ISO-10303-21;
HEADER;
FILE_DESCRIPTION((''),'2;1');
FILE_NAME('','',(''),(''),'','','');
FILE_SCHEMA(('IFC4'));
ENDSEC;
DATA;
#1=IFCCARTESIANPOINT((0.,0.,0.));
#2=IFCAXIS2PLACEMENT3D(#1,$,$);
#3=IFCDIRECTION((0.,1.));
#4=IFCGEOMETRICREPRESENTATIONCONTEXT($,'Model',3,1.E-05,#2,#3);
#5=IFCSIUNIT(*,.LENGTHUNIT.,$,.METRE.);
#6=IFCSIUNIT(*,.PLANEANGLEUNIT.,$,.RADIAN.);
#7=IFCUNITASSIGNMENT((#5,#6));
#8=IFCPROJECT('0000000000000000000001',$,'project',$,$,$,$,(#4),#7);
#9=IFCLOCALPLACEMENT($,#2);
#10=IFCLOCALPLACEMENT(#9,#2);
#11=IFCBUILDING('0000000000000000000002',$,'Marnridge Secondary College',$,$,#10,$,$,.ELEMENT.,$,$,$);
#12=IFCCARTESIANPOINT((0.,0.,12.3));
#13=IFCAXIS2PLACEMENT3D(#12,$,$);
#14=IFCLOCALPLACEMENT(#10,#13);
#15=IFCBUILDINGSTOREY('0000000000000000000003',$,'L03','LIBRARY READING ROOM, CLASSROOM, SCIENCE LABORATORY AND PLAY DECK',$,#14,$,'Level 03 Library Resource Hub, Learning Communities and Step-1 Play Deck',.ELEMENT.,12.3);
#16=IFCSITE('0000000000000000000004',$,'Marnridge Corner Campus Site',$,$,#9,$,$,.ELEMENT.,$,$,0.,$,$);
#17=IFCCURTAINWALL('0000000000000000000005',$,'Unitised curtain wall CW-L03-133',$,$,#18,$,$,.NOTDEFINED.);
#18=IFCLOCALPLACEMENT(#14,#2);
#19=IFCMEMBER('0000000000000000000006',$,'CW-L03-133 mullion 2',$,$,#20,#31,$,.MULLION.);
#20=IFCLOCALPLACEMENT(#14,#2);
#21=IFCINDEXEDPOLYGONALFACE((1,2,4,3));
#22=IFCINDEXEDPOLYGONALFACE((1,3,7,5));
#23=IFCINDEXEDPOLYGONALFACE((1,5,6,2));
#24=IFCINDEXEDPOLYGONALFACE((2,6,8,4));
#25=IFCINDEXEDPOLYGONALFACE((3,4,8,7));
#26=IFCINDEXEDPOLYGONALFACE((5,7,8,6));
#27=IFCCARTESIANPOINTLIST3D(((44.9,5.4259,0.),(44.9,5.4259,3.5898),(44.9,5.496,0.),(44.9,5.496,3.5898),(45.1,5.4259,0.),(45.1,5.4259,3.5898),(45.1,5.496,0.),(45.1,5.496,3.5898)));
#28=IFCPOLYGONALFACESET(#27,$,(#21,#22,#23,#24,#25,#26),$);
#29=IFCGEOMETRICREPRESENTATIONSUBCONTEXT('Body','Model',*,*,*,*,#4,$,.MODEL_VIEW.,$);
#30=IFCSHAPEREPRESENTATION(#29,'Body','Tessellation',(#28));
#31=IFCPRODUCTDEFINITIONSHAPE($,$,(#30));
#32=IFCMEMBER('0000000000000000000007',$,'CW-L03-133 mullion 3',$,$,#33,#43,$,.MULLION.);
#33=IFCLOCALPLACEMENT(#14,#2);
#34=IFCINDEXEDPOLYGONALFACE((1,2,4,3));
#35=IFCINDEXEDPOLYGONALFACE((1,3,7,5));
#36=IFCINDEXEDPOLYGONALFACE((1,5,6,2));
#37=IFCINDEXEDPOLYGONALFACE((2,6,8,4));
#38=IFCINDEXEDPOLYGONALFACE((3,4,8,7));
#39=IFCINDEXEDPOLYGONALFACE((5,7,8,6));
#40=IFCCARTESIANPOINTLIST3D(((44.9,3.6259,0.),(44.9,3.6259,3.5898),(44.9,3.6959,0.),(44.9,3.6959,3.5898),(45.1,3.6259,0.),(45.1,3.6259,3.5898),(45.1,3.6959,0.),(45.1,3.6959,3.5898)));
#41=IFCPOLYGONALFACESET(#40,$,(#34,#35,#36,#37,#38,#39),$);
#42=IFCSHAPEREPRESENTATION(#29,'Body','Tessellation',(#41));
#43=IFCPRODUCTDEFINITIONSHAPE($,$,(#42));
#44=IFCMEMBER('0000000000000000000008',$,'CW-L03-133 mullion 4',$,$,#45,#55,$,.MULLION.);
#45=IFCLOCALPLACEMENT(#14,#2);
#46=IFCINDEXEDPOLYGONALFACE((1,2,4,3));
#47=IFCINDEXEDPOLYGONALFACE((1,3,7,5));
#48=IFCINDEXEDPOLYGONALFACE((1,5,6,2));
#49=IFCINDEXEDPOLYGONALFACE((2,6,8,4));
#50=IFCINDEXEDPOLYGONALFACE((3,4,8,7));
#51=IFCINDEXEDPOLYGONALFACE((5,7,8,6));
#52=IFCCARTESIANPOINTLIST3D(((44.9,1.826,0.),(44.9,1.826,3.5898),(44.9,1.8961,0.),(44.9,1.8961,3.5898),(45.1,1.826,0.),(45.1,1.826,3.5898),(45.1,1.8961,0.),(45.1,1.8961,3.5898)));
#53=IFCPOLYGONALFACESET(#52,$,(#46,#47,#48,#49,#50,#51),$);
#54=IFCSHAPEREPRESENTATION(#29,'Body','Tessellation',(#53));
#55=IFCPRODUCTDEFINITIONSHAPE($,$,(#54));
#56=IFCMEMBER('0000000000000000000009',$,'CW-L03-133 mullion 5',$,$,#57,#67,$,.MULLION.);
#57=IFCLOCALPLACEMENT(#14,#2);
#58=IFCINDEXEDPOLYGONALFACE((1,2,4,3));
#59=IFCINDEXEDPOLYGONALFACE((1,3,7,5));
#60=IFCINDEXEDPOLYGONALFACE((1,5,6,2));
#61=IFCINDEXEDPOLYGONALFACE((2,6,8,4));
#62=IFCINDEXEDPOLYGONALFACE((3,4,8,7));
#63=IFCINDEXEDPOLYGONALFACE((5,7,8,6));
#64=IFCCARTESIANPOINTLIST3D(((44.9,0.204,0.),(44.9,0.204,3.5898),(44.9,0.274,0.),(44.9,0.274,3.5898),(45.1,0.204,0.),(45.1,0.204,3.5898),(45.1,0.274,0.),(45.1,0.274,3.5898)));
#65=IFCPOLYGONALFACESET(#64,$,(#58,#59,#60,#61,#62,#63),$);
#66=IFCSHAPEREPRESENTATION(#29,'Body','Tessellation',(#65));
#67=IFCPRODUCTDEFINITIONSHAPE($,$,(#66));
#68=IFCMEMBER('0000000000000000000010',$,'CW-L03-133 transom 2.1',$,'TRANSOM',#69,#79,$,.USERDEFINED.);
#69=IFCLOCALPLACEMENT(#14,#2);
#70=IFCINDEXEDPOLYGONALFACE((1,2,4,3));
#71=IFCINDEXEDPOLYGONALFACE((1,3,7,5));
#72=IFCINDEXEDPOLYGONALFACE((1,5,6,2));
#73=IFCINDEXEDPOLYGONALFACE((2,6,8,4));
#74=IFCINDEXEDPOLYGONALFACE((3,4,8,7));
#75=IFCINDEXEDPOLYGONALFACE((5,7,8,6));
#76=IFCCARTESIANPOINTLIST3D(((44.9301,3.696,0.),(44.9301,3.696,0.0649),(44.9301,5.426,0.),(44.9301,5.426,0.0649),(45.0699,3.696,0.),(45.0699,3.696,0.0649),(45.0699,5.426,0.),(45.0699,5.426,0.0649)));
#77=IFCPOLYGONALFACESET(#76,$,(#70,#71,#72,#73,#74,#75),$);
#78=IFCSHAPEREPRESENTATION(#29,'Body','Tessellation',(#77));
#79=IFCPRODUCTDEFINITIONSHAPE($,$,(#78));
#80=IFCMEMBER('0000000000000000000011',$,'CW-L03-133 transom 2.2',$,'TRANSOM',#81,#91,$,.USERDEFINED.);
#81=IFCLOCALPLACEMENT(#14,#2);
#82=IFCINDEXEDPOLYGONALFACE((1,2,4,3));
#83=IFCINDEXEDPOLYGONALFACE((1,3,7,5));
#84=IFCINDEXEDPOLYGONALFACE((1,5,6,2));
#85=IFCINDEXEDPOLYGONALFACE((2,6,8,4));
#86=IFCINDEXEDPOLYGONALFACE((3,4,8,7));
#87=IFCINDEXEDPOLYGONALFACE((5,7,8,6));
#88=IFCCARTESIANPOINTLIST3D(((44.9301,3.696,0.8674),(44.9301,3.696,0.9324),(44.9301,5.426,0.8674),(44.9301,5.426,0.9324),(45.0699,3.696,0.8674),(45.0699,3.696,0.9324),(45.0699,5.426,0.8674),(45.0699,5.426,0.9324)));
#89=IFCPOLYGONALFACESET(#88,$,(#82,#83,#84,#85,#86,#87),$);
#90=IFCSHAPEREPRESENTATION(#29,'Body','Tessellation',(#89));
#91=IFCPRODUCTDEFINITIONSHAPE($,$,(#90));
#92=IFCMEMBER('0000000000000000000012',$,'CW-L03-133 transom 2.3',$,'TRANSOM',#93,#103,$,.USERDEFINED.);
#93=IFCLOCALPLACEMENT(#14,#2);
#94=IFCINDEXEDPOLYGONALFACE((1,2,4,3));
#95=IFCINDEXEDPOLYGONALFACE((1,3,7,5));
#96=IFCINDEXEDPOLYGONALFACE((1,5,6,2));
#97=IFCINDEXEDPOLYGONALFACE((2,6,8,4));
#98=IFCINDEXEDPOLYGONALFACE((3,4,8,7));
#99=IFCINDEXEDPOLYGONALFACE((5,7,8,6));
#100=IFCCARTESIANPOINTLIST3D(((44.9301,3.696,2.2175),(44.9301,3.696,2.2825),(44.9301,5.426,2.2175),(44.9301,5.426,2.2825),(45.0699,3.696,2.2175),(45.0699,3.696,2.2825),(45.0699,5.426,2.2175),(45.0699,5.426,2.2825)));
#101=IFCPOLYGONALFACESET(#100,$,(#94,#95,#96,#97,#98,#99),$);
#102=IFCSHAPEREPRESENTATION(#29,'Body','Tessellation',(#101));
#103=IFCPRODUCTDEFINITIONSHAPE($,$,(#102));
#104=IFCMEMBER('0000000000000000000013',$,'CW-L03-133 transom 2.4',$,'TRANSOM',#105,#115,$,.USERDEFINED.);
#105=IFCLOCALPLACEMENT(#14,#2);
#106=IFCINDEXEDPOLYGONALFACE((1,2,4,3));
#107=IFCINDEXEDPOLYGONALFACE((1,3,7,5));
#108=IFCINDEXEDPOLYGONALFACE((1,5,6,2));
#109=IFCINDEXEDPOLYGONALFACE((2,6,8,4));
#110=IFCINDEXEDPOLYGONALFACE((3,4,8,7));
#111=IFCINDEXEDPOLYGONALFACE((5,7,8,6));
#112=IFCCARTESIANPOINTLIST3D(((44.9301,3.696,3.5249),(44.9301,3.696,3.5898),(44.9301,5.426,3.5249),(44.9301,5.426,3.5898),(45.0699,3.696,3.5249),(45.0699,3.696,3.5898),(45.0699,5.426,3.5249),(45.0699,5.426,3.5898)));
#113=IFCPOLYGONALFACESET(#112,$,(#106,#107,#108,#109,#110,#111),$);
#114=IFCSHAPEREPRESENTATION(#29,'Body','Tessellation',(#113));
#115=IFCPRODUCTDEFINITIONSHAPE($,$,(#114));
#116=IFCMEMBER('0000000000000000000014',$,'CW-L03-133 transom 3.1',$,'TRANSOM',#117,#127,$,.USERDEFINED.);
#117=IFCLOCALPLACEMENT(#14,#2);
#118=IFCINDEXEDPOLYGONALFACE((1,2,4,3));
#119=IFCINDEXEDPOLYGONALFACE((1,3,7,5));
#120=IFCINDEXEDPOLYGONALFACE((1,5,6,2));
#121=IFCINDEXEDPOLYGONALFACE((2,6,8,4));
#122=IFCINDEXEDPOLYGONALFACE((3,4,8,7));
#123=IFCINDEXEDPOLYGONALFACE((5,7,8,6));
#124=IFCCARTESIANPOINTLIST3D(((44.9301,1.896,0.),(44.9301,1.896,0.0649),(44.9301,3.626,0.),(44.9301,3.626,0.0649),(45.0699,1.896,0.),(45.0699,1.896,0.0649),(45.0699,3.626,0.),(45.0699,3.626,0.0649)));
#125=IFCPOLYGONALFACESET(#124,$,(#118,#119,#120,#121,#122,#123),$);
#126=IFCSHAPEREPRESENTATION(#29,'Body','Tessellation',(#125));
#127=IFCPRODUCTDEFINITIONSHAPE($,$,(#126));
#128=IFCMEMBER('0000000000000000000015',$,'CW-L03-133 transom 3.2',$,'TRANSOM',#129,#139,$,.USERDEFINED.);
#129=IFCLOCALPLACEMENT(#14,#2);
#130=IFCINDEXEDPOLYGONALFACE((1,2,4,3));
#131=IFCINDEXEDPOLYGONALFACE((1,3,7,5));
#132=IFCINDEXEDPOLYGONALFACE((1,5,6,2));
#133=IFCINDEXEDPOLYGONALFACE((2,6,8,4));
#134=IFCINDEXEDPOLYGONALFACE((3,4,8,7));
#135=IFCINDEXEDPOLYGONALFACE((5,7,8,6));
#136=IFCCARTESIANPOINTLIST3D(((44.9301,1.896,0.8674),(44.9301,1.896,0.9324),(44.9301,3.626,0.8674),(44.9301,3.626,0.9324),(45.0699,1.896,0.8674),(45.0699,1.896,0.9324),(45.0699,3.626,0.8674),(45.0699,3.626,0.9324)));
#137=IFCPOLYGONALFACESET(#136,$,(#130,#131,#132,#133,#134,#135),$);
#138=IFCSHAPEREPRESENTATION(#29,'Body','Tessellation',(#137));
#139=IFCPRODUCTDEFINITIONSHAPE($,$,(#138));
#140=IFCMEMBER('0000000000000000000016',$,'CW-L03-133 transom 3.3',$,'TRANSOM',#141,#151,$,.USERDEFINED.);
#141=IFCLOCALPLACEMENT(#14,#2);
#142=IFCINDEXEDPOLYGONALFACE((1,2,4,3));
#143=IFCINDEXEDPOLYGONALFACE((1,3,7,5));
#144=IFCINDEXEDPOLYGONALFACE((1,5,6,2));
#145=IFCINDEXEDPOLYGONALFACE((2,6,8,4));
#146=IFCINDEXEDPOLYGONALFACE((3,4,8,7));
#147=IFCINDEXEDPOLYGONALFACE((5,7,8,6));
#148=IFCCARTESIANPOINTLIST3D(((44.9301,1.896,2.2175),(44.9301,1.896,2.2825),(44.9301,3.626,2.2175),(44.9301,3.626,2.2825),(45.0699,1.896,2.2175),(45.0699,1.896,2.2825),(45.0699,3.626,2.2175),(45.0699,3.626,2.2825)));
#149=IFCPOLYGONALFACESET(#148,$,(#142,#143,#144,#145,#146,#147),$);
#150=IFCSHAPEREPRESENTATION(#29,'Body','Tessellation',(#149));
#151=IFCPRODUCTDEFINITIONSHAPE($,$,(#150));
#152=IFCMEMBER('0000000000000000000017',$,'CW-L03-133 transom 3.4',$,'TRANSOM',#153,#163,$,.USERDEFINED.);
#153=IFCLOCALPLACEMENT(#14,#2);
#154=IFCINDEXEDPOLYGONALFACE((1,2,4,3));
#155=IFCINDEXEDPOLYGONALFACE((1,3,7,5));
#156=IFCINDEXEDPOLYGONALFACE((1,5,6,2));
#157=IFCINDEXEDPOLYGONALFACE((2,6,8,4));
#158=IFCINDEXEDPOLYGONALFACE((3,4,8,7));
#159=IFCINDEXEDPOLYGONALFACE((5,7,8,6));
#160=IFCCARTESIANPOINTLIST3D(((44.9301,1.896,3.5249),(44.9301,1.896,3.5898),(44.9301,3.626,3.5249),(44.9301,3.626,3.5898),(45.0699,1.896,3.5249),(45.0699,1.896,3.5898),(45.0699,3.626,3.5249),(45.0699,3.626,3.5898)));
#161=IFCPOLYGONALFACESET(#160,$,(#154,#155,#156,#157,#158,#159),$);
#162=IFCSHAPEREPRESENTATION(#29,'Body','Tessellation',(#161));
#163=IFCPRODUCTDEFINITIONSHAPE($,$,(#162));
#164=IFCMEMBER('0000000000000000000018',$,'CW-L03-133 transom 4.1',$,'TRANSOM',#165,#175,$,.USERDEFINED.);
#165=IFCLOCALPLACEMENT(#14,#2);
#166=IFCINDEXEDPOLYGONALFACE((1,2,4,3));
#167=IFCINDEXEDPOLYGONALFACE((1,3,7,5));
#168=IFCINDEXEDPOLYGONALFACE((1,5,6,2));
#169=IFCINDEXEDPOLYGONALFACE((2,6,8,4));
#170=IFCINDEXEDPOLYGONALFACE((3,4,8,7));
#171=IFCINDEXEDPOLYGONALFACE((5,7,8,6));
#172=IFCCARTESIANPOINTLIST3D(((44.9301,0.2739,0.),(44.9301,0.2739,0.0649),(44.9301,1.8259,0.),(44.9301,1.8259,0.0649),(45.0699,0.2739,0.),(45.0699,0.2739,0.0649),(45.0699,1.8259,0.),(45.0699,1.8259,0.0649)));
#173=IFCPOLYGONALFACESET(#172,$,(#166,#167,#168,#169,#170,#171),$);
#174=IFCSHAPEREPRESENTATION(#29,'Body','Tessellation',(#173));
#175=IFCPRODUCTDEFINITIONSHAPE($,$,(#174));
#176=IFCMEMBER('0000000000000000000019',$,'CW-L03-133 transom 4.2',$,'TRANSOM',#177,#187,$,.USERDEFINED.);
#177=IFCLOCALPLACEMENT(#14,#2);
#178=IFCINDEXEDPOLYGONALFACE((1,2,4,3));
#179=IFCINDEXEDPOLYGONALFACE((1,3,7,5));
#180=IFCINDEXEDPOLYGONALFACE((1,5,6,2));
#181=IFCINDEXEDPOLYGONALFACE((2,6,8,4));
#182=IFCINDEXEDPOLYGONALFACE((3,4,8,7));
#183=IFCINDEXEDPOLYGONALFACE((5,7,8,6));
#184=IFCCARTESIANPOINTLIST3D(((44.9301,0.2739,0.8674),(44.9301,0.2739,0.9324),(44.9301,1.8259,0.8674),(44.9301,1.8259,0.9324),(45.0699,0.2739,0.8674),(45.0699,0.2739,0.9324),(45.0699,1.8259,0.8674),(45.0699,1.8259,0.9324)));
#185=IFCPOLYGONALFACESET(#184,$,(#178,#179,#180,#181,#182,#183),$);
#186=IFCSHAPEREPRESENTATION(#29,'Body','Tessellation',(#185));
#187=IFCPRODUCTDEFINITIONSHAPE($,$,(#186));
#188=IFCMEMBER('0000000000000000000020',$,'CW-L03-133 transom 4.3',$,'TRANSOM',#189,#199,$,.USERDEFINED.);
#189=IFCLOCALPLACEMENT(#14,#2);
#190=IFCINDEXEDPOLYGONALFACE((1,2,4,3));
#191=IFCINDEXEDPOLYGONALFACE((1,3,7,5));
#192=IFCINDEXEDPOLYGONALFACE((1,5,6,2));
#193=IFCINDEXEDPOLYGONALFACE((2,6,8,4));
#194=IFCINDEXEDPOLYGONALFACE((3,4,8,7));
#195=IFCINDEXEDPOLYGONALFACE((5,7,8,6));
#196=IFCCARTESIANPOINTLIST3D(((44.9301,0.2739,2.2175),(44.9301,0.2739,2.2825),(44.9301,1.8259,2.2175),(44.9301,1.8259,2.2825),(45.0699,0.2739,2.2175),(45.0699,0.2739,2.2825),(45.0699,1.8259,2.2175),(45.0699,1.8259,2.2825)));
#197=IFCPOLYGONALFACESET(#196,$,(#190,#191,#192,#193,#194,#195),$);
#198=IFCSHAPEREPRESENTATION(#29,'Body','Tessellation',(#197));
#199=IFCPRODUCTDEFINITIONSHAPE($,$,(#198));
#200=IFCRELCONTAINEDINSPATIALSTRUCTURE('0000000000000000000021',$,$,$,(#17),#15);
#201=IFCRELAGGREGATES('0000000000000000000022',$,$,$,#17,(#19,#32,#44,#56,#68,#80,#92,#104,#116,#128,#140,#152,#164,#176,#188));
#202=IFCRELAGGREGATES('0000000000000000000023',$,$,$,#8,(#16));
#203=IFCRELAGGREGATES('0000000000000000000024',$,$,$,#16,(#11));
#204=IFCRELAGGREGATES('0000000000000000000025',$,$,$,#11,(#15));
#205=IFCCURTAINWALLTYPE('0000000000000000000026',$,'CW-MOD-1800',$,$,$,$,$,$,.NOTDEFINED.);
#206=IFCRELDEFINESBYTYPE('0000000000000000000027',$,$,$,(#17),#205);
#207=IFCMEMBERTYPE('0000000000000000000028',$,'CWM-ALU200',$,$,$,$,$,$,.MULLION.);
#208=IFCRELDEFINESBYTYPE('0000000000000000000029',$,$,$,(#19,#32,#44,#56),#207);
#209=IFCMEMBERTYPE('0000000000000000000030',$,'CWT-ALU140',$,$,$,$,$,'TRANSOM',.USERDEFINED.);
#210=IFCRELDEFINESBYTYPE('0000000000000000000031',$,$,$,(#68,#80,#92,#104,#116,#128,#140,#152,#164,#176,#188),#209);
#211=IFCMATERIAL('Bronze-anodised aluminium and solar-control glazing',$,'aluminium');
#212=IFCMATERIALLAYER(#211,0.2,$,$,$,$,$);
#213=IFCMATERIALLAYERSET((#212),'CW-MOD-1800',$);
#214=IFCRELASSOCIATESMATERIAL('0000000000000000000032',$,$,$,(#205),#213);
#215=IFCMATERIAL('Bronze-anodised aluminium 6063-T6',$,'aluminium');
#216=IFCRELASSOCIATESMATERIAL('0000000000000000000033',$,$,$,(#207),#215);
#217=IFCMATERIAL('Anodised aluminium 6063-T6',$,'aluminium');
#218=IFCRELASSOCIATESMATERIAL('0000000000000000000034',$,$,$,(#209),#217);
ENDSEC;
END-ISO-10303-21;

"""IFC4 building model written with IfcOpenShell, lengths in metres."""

from ifc_helpers import new_model, si_unit, direction, frame, origin, origin_2d, place, context, subcontext, project, spatial, rectangle, extrude, material, layer, layer_set, material_profile, profile_set, type_object, element, aggregate, save


model = new_model("IFC4")

# Units and contexts
model_context = context("Model", 3, precision=1e-05, world=origin(), true_north=direction((0.0, 1.0)))
body_context = subcontext(model_context, "Body", "Model", "MODEL_VIEW")
ifc_project = project(units=[si_unit("LENGTHUNIT", "METRE"), si_unit("PLANEANGLEUNIT", "RADIAN")], contexts=[model_context])

# Site, building, storey
site_placement = place(None, origin())
site = spatial("IfcSite", under=ifc_project, at=site_placement, Name="Marnridge Corner Campus Site", CompositionType="ELEMENT", RefElevation=0.0)
building_placement = place(site_placement, origin())
building = spatial("IfcBuilding", under=site, at=building_placement, Name="Marnridge Secondary College", CompositionType="ELEMENT")
storey_placement = place(building_placement, frame((0.0, 0.0, 12.3)))
storey = spatial("IfcBuildingStorey", under=building, at=storey_placement, Name="L03", Description="LIBRARY READING ROOM, CLASSROOM, SCIENCE LABORATORY AND PLAY DECK", LongName="Level 03 Library Resource Hub, Learning Communities and Step-1 Play Deck", CompositionType="ELEMENT", Elevation=12.3)

# Curtain wall, members
ifc_material_1 = material(Name="Bronze-anodised aluminium and solar-control glazing", Category="aluminium")
ifc_layer_1 = layer(ifc_material_1, 0.2)
ifc_layer_set_1 = layer_set([ifc_layer_1], Name="CW-MOD-1800")
curtain_wall_type = type_object("IfcCurtainWallType", Name="CW-MOD-1800", PredefinedType="NOTDEFINED", material=ifc_layer_set_1)
curtain_wall_placement = place(storey_placement, origin())
curtain_wall = element("IfcCurtainWall", 1, at=curtain_wall_placement, inside=storey, type_object=curtain_wall_type, Name="Unitised curtain wall CW-L03-133", PredefinedType="NOTDEFINED")
ifc_material_2 = material(Name="Bronze-anodised aluminium 6063-T6", Category="aluminium")
ifc_material_profile_1 = material_profile(ifc_material_2, rectangle(XDim=0.0701, YDim=0.2, at=origin_2d()), Name="ALU 70x200")
ifc_profile_set_1 = profile_set([ifc_material_profile_1], Name="Bronze-anodised aluminium 6063-T6")
member_type_1 = type_object("IfcMemberType", Name="CWM-ALU200", PredefinedType="MULLION", material=ifc_profile_set_1)
member_1_placement = place(storey_placement, frame((45.0, 5.4609, 0.0), z_axis=(0.0, 0.0, 1.0), x_axis=(0.0, -1.0, 0.0)))
member_1 = element("IfcMember", 2, at=member_1_placement, type_object=member_type_1, Name="CW-L03-133 mullion 2", PredefinedType="MULLION", context=body_context, shape_type="SweptSolid", body=[
    extrude(rectangle(XDim=0.0701, YDim=0.2, at=origin_2d()), origin(), (0.0, 0.0, 1.0), 3.5898),
])
member_2_placement = place(storey_placement, frame((45.0, 3.6609, 0.0), z_axis=(0.0, 0.0, 1.0), x_axis=(0.0, -1.0, 0.0)))
member_2 = element("IfcMember", 3, at=member_2_placement, type_object=member_type_1, Name="CW-L03-133 mullion 3", PredefinedType="MULLION", context=body_context, shape_type="SweptSolid", body=[
    extrude(rectangle(XDim=0.0701, YDim=0.2, at=origin_2d()), origin(), (0.0, 0.0, 1.0), 3.5898),
])
member_3_placement = place(storey_placement, frame((45.0, 1.8611, 0.0), z_axis=(0.0, 0.0, 1.0), x_axis=(0.0, -1.0, 0.0)))
member_3 = element("IfcMember", 4, at=member_3_placement, type_object=member_type_1, Name="CW-L03-133 mullion 4", PredefinedType="MULLION", context=body_context, shape_type="SweptSolid", body=[
    extrude(rectangle(XDim=0.0701, YDim=0.2, at=origin_2d()), origin(), (0.0, 0.0, 1.0), 3.5898),
])
member_4_placement = place(storey_placement, frame((45.0, 0.239, 0.0), z_axis=(0.0, 0.0, 1.0), x_axis=(0.0, -1.0, 0.0)))
member_4 = element("IfcMember", 5, at=member_4_placement, type_object=member_type_1, Name="CW-L03-133 mullion 5", PredefinedType="MULLION", context=body_context, shape_type="SweptSolid", body=[
    extrude(rectangle(XDim=0.0701, YDim=0.2, at=origin_2d()), origin(), (0.0, 0.0, 1.0), 3.5898),
])
ifc_material_3 = material(Name="Anodised aluminium 6063-T6", Category="aluminium")
ifc_material_profile_2 = material_profile(ifc_material_3, rectangle(XDim=0.0649, YDim=0.1399, at=origin_2d()), Name="ALU 65x140")
ifc_profile_set_2 = profile_set([ifc_material_profile_2], Name="Anodised aluminium 6063-T6")
member_type_2 = type_object("IfcMemberType", Name="CWT-ALU140", ElementType="TRANSOM", PredefinedType="USERDEFINED", material=ifc_profile_set_2)
member_5_placement = place(storey_placement, frame((45.0, 5.426, 0.0325), z_axis=(0.0, -1.0, 0.0), x_axis=(0.0, 0.0, 1.0)))
member_5 = element("IfcMember", 6, at=member_5_placement, type_object=member_type_2, Name="CW-L03-133 transom 2.1", ObjectType="TRANSOM", PredefinedType="USERDEFINED", context=body_context, shape_type="SweptSolid", body=[
    extrude(rectangle(XDim=0.0649, YDim=0.1399, at=origin_2d()), origin(), (0.0, 0.0, 1.0), 1.73),
])
member_6_placement = place(storey_placement, frame((45.0, 5.426, 0.8999), z_axis=(0.0, -1.0, 0.0), x_axis=(0.0, 0.0, 1.0)))
member_6 = element("IfcMember", 7, at=member_6_placement, type_object=member_type_2, Name="CW-L03-133 transom 2.2", ObjectType="TRANSOM", PredefinedType="USERDEFINED", context=body_context, shape_type="SweptSolid", body=[
    extrude(rectangle(XDim=0.0649, YDim=0.1399, at=origin_2d()), origin(), (0.0, 0.0, 1.0), 1.73),
])
member_7_placement = place(storey_placement, frame((45.0, 5.426, 2.25), z_axis=(0.0, -1.0, 0.0), x_axis=(0.0, 0.0, 1.0)))
member_7 = element("IfcMember", 8, at=member_7_placement, type_object=member_type_2, Name="CW-L03-133 transom 2.3", ObjectType="TRANSOM", PredefinedType="USERDEFINED", context=body_context, shape_type="SweptSolid", body=[
    extrude(rectangle(XDim=0.0649, YDim=0.1399, at=origin_2d()), origin(), (0.0, 0.0, 1.0), 1.73),
])
member_8_placement = place(storey_placement, frame((45.0, 5.426, 3.5574), z_axis=(0.0, -1.0, 0.0), x_axis=(0.0, 0.0, 1.0)))
member_8 = element("IfcMember", 9, at=member_8_placement, type_object=member_type_2, Name="CW-L03-133 transom 2.4", ObjectType="TRANSOM", PredefinedType="USERDEFINED", context=body_context, shape_type="SweptSolid", body=[
    extrude(rectangle(XDim=0.0649, YDim=0.1399, at=origin_2d()), origin(), (0.0, 0.0, 1.0), 1.73),
])
member_9_placement = place(storey_placement, frame((45.0, 3.626, 0.0325), z_axis=(0.0, -1.0, 0.0), x_axis=(0.0, 0.0, 1.0)))
member_9 = element("IfcMember", 10, at=member_9_placement, type_object=member_type_2, Name="CW-L03-133 transom 3.1", ObjectType="TRANSOM", PredefinedType="USERDEFINED", context=body_context, shape_type="SweptSolid", body=[
    extrude(rectangle(XDim=0.0649, YDim=0.1399, at=origin_2d()), origin(), (0.0, 0.0, 1.0), 1.73),
])
member_10_placement = place(storey_placement, frame((45.0, 3.626, 0.8999), z_axis=(0.0, -1.0, 0.0), x_axis=(0.0, 0.0, 1.0)))
member_10 = element("IfcMember", 11, at=member_10_placement, type_object=member_type_2, Name="CW-L03-133 transom 3.2", ObjectType="TRANSOM", PredefinedType="USERDEFINED", context=body_context, shape_type="SweptSolid", body=[
    extrude(rectangle(XDim=0.0649, YDim=0.1399, at=origin_2d()), origin(), (0.0, 0.0, 1.0), 1.73),
])
member_11_placement = place(storey_placement, frame((45.0, 3.626, 2.25), z_axis=(0.0, -1.0, 0.0), x_axis=(0.0, 0.0, 1.0)))
member_11 = element("IfcMember", 12, at=member_11_placement, type_object=member_type_2, Name="CW-L03-133 transom 3.3", ObjectType="TRANSOM", PredefinedType="USERDEFINED", context=body_context, shape_type="SweptSolid", body=[
    extrude(rectangle(XDim=0.0649, YDim=0.1399, at=origin_2d()), origin(), (0.0, 0.0, 1.0), 1.73),
])
member_12_placement = place(storey_placement, frame((45.0, 3.626, 3.5574), z_axis=(0.0, -1.0, 0.0), x_axis=(0.0, 0.0, 1.0)))
member_12 = element("IfcMember", 13, at=member_12_placement, type_object=member_type_2, Name="CW-L03-133 transom 3.4", ObjectType="TRANSOM", PredefinedType="USERDEFINED", context=body_context, shape_type="SweptSolid", body=[
    extrude(rectangle(XDim=0.0649, YDim=0.1399, at=origin_2d()), origin(), (0.0, 0.0, 1.0), 1.73),
])
member_13_placement = place(storey_placement, frame((45.0, 1.8259, 0.0325), z_axis=(0.0, -1.0, 0.0), x_axis=(0.0, 0.0, 1.0)))
member_13 = element("IfcMember", 14, at=member_13_placement, type_object=member_type_2, Name="CW-L03-133 transom 4.1", ObjectType="TRANSOM", PredefinedType="USERDEFINED", context=body_context, shape_type="SweptSolid", body=[
    extrude(rectangle(XDim=0.0649, YDim=0.1399, at=origin_2d()), origin(), (0.0, 0.0, 1.0), 1.552),
])
member_14_placement = place(storey_placement, frame((45.0, 1.8259, 0.8999), z_axis=(0.0, -1.0, 0.0), x_axis=(0.0, 0.0, 1.0)))
member_14 = element("IfcMember", 15, at=member_14_placement, type_object=member_type_2, Name="CW-L03-133 transom 4.2", ObjectType="TRANSOM", PredefinedType="USERDEFINED", context=body_context, shape_type="SweptSolid", body=[
    extrude(rectangle(XDim=0.0649, YDim=0.1399, at=origin_2d()), origin(), (0.0, 0.0, 1.0), 1.552),
])
member_15_placement = place(storey_placement, frame((45.0, 1.8259, 2.25), z_axis=(0.0, -1.0, 0.0), x_axis=(0.0, 0.0, 1.0)))
member_15 = element("IfcMember", 16, at=member_15_placement, type_object=member_type_2, Name="CW-L03-133 transom 4.3", ObjectType="TRANSOM", PredefinedType="USERDEFINED", context=body_context, shape_type="SweptSolid", body=[
    extrude(rectangle(XDim=0.0649, YDim=0.1399, at=origin_2d()), origin(), (0.0, 0.0, 1.0), 1.552),
])
aggregate(curtain_wall, [member_1, member_2, member_3, member_4, member_5, member_6, member_7, member_8, member_9, member_10, member_11, member_12, member_13, member_14, member_15])

save(model, "model.ifc")
